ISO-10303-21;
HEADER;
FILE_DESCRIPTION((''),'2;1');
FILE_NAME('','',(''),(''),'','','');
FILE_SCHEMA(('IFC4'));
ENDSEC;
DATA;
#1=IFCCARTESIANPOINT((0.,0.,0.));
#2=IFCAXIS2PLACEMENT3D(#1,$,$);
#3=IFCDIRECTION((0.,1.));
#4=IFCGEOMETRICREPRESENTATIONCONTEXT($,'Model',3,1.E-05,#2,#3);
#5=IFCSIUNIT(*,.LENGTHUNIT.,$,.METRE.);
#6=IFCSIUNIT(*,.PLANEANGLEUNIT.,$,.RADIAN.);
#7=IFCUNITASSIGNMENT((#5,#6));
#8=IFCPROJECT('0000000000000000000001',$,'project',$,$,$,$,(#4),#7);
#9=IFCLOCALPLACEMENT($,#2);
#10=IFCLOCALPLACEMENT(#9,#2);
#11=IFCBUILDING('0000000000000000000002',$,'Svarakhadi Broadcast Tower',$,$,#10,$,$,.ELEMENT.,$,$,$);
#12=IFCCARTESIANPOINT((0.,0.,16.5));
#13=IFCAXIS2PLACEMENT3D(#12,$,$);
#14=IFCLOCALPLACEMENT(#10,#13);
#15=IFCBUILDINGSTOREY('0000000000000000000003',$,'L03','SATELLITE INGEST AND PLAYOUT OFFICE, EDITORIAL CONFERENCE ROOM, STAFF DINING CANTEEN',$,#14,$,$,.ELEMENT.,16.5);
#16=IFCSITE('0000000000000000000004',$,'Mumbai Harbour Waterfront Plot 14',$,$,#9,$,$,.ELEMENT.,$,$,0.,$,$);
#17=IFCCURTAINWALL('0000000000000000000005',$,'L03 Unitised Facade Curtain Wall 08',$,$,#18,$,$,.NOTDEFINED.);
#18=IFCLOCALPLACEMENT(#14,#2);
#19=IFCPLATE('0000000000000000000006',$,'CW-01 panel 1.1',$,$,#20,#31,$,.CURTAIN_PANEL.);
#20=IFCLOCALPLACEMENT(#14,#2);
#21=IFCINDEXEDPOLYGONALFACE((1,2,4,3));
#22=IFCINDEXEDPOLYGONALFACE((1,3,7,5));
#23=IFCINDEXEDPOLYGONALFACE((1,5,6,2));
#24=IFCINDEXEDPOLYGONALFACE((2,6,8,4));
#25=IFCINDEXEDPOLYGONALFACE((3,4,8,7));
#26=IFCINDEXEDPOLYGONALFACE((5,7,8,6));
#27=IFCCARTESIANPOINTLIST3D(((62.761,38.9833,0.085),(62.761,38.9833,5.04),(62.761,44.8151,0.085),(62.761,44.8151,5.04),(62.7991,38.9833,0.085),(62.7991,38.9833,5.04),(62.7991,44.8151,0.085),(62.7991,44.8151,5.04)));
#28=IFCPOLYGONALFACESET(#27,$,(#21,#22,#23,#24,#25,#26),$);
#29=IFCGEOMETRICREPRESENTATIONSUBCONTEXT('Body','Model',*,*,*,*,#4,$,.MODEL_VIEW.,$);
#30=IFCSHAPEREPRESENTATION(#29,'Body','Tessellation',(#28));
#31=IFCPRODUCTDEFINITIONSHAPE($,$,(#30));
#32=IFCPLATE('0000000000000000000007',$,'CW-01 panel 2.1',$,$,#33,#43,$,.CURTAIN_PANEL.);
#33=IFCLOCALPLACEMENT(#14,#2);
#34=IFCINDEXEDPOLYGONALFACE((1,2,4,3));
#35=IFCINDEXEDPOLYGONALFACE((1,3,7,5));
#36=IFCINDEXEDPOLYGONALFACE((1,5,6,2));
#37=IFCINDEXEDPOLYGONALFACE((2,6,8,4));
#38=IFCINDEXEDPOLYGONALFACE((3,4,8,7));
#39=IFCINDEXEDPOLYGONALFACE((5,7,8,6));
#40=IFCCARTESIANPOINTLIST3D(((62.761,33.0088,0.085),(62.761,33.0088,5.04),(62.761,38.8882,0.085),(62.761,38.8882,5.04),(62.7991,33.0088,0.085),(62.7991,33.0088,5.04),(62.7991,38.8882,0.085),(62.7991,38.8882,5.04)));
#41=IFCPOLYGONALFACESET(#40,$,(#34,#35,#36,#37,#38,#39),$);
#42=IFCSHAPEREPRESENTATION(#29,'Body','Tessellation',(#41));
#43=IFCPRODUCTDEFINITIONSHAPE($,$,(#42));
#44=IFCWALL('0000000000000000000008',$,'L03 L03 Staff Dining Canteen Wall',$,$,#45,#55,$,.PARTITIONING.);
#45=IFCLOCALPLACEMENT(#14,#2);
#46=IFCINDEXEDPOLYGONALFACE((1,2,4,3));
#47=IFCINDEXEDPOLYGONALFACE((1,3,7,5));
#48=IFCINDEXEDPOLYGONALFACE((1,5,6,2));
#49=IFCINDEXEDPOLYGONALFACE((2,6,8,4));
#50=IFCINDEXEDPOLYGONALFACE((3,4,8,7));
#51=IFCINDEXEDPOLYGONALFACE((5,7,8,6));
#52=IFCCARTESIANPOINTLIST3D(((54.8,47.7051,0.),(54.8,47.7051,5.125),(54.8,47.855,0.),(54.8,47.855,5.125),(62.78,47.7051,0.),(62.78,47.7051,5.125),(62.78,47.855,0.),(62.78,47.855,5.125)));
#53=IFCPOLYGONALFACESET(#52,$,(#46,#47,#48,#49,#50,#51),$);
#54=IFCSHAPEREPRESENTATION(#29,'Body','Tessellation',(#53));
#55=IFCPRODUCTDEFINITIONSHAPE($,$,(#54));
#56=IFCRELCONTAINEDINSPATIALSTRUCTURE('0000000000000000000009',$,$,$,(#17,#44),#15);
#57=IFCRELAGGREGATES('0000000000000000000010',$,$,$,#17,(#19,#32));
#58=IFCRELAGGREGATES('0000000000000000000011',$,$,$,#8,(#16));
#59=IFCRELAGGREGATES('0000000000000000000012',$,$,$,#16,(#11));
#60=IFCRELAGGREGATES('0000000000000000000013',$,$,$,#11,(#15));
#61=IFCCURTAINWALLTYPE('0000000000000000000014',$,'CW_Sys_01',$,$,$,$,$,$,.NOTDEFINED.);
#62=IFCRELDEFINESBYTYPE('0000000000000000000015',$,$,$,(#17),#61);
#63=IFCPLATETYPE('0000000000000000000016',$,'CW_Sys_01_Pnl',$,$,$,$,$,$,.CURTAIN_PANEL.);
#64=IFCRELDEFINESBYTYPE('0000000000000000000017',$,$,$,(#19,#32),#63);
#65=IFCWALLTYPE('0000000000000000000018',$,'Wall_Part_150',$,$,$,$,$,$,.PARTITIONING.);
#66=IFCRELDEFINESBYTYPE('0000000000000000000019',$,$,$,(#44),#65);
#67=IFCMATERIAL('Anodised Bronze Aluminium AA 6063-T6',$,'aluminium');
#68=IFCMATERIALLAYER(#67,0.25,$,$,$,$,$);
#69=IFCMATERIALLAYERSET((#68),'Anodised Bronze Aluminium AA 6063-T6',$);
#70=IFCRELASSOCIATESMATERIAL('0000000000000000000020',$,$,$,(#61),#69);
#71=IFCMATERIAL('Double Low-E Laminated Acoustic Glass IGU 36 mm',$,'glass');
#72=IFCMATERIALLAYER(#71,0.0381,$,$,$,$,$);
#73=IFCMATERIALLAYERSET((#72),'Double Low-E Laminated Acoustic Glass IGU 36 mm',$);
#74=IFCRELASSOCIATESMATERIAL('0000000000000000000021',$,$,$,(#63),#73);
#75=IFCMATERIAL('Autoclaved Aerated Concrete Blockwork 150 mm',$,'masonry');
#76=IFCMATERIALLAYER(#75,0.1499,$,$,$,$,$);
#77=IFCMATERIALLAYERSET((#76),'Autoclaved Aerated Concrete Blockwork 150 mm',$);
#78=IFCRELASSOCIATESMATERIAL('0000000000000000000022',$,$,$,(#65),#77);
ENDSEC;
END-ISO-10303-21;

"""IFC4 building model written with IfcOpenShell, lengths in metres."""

from ifc_helpers import new_model, si_unit, direction, frame, frame_2d, origin, origin_2d, place, context, subcontext, project, spatial, rectangle, extrude, material, layer, layer_set, type_object, element, aggregate, save


model = new_model("IFC4")

# Units and contexts
model_context = context("Model", 3, precision=1e-05, world=origin(), true_north=direction((0.0, 1.0)))
body_context = subcontext(model_context, "Body", "Model", "MODEL_VIEW")
ifc_project = project(units=[si_unit("LENGTHUNIT", "METRE"), si_unit("PLANEANGLEUNIT", "RADIAN")], contexts=[model_context])

# Site, building, storey
site_placement = place(None, origin())
site = spatial("IfcSite", under=ifc_project, at=site_placement, Name="Mumbai Harbour Waterfront Plot 14", CompositionType="ELEMENT", RefElevation=0.0)
building_placement = place(site_placement, origin())
building = spatial("IfcBuilding", under=site, at=building_placement, Name="Svarakhadi Broadcast Tower", CompositionType="ELEMENT")
storey_placement = place(building_placement, frame((0.0, 0.0, 16.5)))
storey = spatial("IfcBuildingStorey", under=building, at=storey_placement, Name="L03", Description="SATELLITE INGEST AND PLAYOUT OFFICE, EDITORIAL CONFERENCE ROOM, STAFF DINING CANTEEN", CompositionType="ELEMENT", Elevation=16.5)

# Curtain wall
ifc_material_1 = material(Name="Anodised Bronze Aluminium AA 6063-T6", Category="aluminium")
ifc_layer_1 = layer(ifc_material_1, 0.25)
ifc_layer_set_1 = layer_set([ifc_layer_1], Name="Anodised Bronze Aluminium AA 6063-T6")
curtain_wall_type = type_object("IfcCurtainWallType", Name="CW_Sys_01", PredefinedType="NOTDEFINED", material=ifc_layer_set_1)
curtain_wall_1_placement = place(storey_placement, origin())
curtain_wall_1 = element("IfcCurtainWall", 1, at=curtain_wall_1_placement, inside=storey, type_object=curtain_wall_type, Name="L03 Unitised Facade Curtain Wall 08", PredefinedType="NOTDEFINED")

# Plates
ifc_material_2 = material(Name="Double Low-E Laminated Acoustic Glass IGU 36 mm", Category="glass")
ifc_layer_2 = layer(ifc_material_2, 0.0381)
ifc_layer_set_2 = layer_set([ifc_layer_2], Name="Double Low-E Laminated Acoustic Glass IGU 36 mm")
plate_type = type_object("IfcPlateType", Name="CW_Sys_01_Pnl", PredefinedType="CURTAIN_PANEL", material=ifc_layer_set_2)
plate_1_placement = place(storey_placement, frame((62.78, 41.8992, 0.085), z_axis=(0.0, 0.0, 1.0), x_axis=(0.0, -1.0, 0.0)))
plate_1 = element("IfcPlate", 2, at=plate_1_placement, type_object=plate_type, Name="CW-01 panel 1.1", PredefinedType="CURTAIN_PANEL", context=body_context, shape_type="SweptSolid", body=[
    extrude(rectangle(XDim=5.8318, YDim=0.0381, at=origin_2d()), origin(), (0.0, 0.0, 1.0), 4.9551),
])
plate_2_placement = place(storey_placement, frame((62.78, 35.9485, 0.085), z_axis=(0.0, 0.0, 1.0), x_axis=(0.0, -1.0, 0.0)))
plate_2 = element("IfcPlate", 3, at=plate_2_placement, type_object=plate_type, Name="CW-01 panel 2.1", PredefinedType="CURTAIN_PANEL", context=body_context, shape_type="SweptSolid", body=[
    extrude(rectangle(XDim=5.8794, YDim=0.0381, at=origin_2d()), origin(), (0.0, 0.0, 1.0), 4.9551),
])
aggregate(curtain_wall_1, [plate_1, plate_2])

# Wall
ifc_material_3 = material(Name="Autoclaved Aerated Concrete Blockwork 150 mm", Category="masonry")
ifc_layer_3 = layer(ifc_material_3, 0.1499)
ifc_layer_set_3 = layer_set([ifc_layer_3], Name="Autoclaved Aerated Concrete Blockwork 150 mm")
wall_type = type_object("IfcWallType", Name="Wall_Part_150", PredefinedType="PARTITIONING", material=ifc_layer_set_3)
wall_placement = place(storey_placement, frame((54.8, 47.78, 0.0), z_axis=(0.0, 0.0, 1.0), x_axis=(1.0, 0.0, 0.0)))
element("IfcWall", 4, at=wall_placement, inside=storey, type_object=wall_type, Name="L03 L03 Staff Dining Canteen Wall", PredefinedType="PARTITIONING", context=body_context, shape_type="SweptSolid", body=[
    extrude(rectangle(XDim=7.98, YDim=0.1499, at=frame_2d((3.99, 0.0))), origin(), (0.0, 0.0, 1.0), 5.125),
])

save(model, "model.ifc")
